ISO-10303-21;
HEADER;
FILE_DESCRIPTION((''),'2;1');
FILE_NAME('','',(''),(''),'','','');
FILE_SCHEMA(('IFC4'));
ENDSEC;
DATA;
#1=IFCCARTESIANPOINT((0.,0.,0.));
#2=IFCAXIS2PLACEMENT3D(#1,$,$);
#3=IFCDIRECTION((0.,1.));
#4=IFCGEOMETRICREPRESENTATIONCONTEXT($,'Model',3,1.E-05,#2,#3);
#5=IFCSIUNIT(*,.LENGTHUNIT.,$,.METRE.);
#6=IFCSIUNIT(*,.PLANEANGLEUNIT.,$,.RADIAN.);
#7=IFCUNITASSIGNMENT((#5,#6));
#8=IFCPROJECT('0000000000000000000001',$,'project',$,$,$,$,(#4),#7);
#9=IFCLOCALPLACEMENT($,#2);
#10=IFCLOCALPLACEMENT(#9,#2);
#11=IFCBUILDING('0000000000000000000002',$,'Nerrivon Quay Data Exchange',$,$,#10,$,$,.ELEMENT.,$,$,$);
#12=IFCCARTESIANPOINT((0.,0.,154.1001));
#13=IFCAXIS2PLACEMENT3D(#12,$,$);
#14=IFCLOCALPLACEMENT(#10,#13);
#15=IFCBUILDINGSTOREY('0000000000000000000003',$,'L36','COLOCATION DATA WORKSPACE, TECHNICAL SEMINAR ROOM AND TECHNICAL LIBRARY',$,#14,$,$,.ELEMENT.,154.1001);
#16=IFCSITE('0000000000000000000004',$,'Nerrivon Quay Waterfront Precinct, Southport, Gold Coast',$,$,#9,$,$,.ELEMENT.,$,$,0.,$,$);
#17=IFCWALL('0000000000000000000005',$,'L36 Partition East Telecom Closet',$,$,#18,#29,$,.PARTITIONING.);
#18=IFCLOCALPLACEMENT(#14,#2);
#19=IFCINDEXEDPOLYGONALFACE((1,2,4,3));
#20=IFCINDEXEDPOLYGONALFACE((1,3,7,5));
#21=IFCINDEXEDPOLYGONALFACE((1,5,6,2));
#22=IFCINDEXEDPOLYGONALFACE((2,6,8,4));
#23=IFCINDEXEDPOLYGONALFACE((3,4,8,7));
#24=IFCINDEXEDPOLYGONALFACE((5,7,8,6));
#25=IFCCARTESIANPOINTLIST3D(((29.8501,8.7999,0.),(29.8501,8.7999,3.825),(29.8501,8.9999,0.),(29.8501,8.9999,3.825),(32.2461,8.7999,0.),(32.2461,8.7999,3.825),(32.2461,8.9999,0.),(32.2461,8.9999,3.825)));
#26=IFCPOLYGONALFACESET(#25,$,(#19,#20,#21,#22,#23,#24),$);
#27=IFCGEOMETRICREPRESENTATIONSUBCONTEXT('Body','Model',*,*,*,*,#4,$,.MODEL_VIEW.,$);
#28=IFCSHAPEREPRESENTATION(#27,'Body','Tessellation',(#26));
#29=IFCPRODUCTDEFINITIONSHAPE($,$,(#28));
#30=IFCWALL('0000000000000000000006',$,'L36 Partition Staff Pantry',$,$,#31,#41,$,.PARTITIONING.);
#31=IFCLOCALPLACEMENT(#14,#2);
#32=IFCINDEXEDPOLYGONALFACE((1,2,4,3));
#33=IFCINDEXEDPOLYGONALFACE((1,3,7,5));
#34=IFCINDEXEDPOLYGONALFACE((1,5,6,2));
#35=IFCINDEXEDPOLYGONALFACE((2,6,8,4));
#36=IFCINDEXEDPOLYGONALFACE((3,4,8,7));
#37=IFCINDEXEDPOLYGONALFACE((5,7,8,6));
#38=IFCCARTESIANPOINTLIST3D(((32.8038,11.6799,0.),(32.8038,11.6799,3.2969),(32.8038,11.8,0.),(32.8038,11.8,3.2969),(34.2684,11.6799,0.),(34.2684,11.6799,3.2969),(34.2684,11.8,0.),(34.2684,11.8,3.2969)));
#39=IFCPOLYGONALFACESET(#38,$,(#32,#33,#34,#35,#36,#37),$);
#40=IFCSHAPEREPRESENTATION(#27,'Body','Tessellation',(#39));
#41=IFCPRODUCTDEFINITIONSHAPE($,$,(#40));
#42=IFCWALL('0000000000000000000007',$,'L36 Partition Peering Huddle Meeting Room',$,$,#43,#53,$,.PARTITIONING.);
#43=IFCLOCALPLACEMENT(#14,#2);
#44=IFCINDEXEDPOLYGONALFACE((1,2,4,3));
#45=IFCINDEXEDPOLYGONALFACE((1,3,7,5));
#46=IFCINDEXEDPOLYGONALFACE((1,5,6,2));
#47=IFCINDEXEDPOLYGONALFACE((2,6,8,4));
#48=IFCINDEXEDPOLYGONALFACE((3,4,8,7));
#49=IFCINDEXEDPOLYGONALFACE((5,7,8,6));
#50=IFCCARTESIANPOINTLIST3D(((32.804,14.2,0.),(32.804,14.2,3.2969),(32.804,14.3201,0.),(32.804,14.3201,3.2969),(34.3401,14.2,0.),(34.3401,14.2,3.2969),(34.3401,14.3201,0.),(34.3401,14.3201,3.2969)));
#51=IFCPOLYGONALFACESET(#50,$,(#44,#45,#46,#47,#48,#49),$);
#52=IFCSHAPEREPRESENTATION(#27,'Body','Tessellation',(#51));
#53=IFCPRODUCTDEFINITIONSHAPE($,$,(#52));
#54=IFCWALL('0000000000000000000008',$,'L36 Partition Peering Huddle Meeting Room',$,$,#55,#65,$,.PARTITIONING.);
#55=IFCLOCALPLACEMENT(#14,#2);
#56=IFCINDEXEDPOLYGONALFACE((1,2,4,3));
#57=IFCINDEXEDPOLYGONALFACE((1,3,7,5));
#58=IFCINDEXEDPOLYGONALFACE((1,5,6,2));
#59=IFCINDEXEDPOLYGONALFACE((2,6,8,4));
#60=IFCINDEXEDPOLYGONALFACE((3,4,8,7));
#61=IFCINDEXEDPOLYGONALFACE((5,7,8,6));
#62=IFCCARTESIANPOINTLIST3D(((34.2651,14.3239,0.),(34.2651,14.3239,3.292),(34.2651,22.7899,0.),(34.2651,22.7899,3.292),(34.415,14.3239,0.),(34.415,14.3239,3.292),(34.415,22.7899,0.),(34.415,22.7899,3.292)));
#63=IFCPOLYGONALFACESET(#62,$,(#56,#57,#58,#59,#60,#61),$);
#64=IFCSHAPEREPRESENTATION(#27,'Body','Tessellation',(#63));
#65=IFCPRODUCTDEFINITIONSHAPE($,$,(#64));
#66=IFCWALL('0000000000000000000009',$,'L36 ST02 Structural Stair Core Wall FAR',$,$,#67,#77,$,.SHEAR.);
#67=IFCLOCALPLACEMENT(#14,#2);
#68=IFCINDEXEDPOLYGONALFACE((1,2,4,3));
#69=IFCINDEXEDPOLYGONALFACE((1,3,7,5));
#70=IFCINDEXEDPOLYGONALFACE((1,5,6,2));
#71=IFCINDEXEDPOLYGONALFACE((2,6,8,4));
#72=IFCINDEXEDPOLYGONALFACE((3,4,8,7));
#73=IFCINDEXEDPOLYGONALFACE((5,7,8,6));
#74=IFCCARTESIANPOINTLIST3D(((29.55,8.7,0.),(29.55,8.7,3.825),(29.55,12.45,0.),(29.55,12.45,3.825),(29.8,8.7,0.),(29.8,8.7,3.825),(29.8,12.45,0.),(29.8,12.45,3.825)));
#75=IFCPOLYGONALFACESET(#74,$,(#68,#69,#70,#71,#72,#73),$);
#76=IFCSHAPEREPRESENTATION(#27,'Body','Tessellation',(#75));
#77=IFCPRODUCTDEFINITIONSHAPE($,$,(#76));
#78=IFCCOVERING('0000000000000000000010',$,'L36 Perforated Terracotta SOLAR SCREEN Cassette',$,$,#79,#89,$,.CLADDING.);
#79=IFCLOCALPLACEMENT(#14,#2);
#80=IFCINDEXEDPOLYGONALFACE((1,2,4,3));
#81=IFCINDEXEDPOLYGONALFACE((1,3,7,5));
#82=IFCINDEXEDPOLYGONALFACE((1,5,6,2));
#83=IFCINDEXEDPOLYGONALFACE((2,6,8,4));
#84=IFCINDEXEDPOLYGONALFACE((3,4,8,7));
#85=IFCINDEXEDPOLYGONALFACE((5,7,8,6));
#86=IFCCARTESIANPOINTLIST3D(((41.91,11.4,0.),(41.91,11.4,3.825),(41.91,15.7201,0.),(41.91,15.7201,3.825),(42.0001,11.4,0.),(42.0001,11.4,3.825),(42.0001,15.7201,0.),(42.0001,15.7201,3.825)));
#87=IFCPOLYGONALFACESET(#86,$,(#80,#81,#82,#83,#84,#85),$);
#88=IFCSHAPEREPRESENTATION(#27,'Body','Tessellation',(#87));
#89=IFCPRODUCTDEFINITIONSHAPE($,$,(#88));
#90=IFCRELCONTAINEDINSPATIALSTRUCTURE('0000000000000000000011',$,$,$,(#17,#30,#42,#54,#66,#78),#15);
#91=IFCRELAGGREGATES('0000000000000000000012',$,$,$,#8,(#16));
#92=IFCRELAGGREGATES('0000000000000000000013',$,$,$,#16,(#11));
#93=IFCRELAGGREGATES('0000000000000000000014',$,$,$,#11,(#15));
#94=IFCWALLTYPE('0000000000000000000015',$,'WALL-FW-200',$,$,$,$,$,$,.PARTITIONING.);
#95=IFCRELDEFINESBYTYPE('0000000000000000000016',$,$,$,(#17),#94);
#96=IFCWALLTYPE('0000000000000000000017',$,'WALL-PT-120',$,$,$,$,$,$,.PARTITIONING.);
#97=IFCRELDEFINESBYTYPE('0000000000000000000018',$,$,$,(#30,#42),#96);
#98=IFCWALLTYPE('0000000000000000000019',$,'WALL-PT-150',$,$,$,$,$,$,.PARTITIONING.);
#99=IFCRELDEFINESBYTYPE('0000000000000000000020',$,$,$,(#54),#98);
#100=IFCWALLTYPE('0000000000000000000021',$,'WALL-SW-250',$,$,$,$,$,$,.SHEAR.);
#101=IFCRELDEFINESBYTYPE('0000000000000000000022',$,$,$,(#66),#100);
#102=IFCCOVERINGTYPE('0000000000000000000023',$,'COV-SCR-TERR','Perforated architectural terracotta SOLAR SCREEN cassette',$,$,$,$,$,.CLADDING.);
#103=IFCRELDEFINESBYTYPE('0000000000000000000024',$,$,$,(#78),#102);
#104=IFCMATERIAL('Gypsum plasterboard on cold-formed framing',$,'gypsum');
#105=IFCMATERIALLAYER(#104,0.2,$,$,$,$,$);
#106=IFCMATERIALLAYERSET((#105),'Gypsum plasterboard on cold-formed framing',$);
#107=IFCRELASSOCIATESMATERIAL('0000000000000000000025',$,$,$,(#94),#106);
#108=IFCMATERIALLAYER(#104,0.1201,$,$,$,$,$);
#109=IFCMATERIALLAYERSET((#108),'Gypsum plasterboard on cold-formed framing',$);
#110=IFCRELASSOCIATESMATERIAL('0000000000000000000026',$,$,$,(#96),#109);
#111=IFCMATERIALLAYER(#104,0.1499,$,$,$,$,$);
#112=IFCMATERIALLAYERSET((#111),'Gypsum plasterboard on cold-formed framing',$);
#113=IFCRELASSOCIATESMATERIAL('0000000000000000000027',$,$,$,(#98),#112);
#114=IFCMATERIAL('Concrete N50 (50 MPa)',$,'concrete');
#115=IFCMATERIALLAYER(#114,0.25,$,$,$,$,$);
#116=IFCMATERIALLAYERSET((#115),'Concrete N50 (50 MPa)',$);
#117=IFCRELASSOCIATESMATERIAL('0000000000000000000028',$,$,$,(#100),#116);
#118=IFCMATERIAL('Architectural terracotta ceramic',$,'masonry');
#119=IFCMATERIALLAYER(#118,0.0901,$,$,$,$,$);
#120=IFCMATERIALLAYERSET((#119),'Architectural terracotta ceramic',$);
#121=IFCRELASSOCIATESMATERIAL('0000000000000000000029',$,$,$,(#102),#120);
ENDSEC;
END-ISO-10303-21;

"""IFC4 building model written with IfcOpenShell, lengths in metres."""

from ifc_helpers import new_model, si_unit, direction, frame, frame_2d, origin, origin_2d, place, context, subcontext, project, spatial, rectangle, extrude, material, layer, layer_set, type_object, element, save


model = new_model("IFC4")

# Units and contexts
model_context = context("Model", 3, precision=1e-05, world=origin(), true_north=direction((0.0, 1.0)))
body_context = subcontext(model_context, "Body", "Model", "MODEL_VIEW")
ifc_project = project(units=[si_unit("LENGTHUNIT", "METRE"), si_unit("PLANEANGLEUNIT", "RADIAN")], contexts=[model_context])

# Site, building, storey
site_placement = place(None, origin())
site = spatial("IfcSite", under=ifc_project, at=site_placement, Name="Nerrivon Quay Waterfront Precinct, Southport, Gold Coast", CompositionType="ELEMENT", RefElevation=0.0)
building_placement = place(site_placement, origin())
building = spatial("IfcBuilding", under=site, at=building_placement, Name="Nerrivon Quay Data Exchange", CompositionType="ELEMENT")
storey_placement = place(building_placement, frame((0.0, 0.0, 154.1001)))
storey = spatial("IfcBuildingStorey", under=building, at=storey_placement, Name="L36", Description="COLOCATION DATA WORKSPACE, TECHNICAL SEMINAR ROOM AND TECHNICAL LIBRARY", CompositionType="ELEMENT", Elevation=154.1001)

# Shared definitions
ifc_material_1 = material(Name="Gypsum plasterboard on cold-formed framing", Category="gypsum")
ifc_layer_1 = layer(ifc_material_1, 0.2)
ifc_layer_set_1 = layer_set([ifc_layer_1], Name="Gypsum plasterboard on cold-formed framing")
wall_type_1 = type_object("IfcWallType", Name="WALL-FW-200", PredefinedType="PARTITIONING", material=ifc_layer_set_1)

# Walls
wall_1_placement = place(storey_placement, frame((29.8501, 8.8999, 0.0), z_axis=(0.0, 0.0, 1.0), x_axis=(1.0, 0.0, 0.0)))
element("IfcWall", 1, at=wall_1_placement, inside=storey, type_object=wall_type_1, Name="L36 Partition East Telecom Closet", PredefinedType="PARTITIONING", context=body_context, shape_type="SweptSolid", body=[
    extrude(rectangle(XDim=2.396, YDim=0.2, at=frame_2d((1.198, 0.0))), origin(), (0.0, 0.0, 1.0), 3.825),
])
ifc_layer_2 = layer(ifc_material_1, 0.1201)
ifc_layer_set_2 = layer_set([ifc_layer_2], Name="Gypsum plasterboard on cold-formed framing")
wall_type_2 = type_object("IfcWallType", Name="WALL-PT-120", PredefinedType="PARTITIONING", material=ifc_layer_set_2)
wall_2_placement = place(storey_placement, frame((34.2686, 11.74, 0.0), z_axis=(0.0, 0.0, 1.0), x_axis=(-1.0, 0.0, 0.0)))
element("IfcWall", 2, at=wall_2_placement, inside=storey, type_object=wall_type_2, Name="L36 Partition Staff Pantry", PredefinedType="PARTITIONING", context=body_context, shape_type="SweptSolid", body=[
    extrude(rectangle(XDim=1.4646, YDim=0.1201, at=frame_2d((0.7324, 0.0))), origin(), (0.0, 0.0, 1.0), 3.2969),
])
wall_3_placement = place(storey_placement, frame((32.804, 14.26, 0.0), z_axis=(0.0, 0.0, 1.0), x_axis=(1.0, 0.0, 0.0)))
element("IfcWall", 3, at=wall_3_placement, inside=storey, type_object=wall_type_2, Name="L36 Partition Peering Huddle Meeting Room", PredefinedType="PARTITIONING", context=body_context, shape_type="SweptSolid", body=[
    extrude(rectangle(XDim=1.5361, YDim=0.1201, at=frame_2d((0.7681, 0.0))), origin(), (0.0, 0.0, 1.0), 3.2969),
])
ifc_layer_3 = layer(ifc_material_1, 0.1499)
ifc_layer_set_3 = layer_set([ifc_layer_3], Name="Gypsum plasterboard on cold-formed framing")
wall_type_3 = type_object("IfcWallType", Name="WALL-PT-150", PredefinedType="PARTITIONING", material=ifc_layer_set_3)
wall_4_placement = place(storey_placement, frame((34.3401, 14.324, 0.0), z_axis=(0.0, 0.0, 1.0), x_axis=(0.0, 1.0, 0.0)))
element("IfcWall", 4, at=wall_4_placement, inside=storey, type_object=wall_type_3, Name="L36 Partition Peering Huddle Meeting Room", PredefinedType="PARTITIONING", context=body_context, shape_type="SweptSolid", body=[
    extrude(rectangle(XDim=8.4661, YDim=0.1499, at=frame_2d((4.2329, 0.0))), origin(), (0.0, 0.0, 1.0), 3.292),
])
ifc_material_2 = material(Name="Concrete N50 (50 MPa)", Category="concrete")
ifc_layer_4 = layer(ifc_material_2, 0.25)
ifc_layer_set_4 = layer_set([ifc_layer_4], Name="Concrete N50 (50 MPa)")
wall_type_4 = type_object("IfcWallType", Name="WALL-SW-250", PredefinedType="SHEAR", material=ifc_layer_set_4)
wall_5_placement = place(storey_placement, frame((29.675, 8.7, 0.0), z_axis=(0.0, 0.0, 1.0), x_axis=(0.0, 1.0, 0.0)))
element("IfcWall", 5, at=wall_5_placement, inside=storey, type_object=wall_type_4, Name="L36 ST02 Structural Stair Core Wall FAR", PredefinedType="SHEAR", context=body_context, shape_type="SweptSolid", body=[
    extrude(rectangle(XDim=3.75, YDim=0.25, at=frame_2d((1.875, 0.0))), origin(), (0.0, 0.0, 1.0), 3.825),
])

# Covering
ifc_material_3 = material(Name="Architectural terracotta ceramic", Category="masonry")
ifc_layer_5 = layer(ifc_material_3, 0.0901)
ifc_layer_set_5 = layer_set([ifc_layer_5], Name="Architectural terracotta ceramic")
covering_type = type_object("IfcCoveringType", Name="COV-SCR-TERR", Description="Perforated architectural terracotta SOLAR SCREEN cassette", PredefinedType="CLADDING", material=ifc_layer_set_5)
covering_placement = place(storey_placement, frame((41.9551, 13.5601, 0.0), z_axis=(0.0, 0.0, 1.0), x_axis=(0.0, -1.0, 0.0)))
element("IfcCovering", 6, at=covering_placement, inside=storey, type_object=covering_type, Name="L36 Perforated Terracotta SOLAR SCREEN Cassette", PredefinedType="CLADDING", context=body_context, shape_type="SweptSolid", body=[
    extrude(rectangle(XDim=4.3201, YDim=0.0901, at=origin_2d()), origin(), (0.0, 0.0, 1.0), 3.825),
])

save(model, "model.ifc")
